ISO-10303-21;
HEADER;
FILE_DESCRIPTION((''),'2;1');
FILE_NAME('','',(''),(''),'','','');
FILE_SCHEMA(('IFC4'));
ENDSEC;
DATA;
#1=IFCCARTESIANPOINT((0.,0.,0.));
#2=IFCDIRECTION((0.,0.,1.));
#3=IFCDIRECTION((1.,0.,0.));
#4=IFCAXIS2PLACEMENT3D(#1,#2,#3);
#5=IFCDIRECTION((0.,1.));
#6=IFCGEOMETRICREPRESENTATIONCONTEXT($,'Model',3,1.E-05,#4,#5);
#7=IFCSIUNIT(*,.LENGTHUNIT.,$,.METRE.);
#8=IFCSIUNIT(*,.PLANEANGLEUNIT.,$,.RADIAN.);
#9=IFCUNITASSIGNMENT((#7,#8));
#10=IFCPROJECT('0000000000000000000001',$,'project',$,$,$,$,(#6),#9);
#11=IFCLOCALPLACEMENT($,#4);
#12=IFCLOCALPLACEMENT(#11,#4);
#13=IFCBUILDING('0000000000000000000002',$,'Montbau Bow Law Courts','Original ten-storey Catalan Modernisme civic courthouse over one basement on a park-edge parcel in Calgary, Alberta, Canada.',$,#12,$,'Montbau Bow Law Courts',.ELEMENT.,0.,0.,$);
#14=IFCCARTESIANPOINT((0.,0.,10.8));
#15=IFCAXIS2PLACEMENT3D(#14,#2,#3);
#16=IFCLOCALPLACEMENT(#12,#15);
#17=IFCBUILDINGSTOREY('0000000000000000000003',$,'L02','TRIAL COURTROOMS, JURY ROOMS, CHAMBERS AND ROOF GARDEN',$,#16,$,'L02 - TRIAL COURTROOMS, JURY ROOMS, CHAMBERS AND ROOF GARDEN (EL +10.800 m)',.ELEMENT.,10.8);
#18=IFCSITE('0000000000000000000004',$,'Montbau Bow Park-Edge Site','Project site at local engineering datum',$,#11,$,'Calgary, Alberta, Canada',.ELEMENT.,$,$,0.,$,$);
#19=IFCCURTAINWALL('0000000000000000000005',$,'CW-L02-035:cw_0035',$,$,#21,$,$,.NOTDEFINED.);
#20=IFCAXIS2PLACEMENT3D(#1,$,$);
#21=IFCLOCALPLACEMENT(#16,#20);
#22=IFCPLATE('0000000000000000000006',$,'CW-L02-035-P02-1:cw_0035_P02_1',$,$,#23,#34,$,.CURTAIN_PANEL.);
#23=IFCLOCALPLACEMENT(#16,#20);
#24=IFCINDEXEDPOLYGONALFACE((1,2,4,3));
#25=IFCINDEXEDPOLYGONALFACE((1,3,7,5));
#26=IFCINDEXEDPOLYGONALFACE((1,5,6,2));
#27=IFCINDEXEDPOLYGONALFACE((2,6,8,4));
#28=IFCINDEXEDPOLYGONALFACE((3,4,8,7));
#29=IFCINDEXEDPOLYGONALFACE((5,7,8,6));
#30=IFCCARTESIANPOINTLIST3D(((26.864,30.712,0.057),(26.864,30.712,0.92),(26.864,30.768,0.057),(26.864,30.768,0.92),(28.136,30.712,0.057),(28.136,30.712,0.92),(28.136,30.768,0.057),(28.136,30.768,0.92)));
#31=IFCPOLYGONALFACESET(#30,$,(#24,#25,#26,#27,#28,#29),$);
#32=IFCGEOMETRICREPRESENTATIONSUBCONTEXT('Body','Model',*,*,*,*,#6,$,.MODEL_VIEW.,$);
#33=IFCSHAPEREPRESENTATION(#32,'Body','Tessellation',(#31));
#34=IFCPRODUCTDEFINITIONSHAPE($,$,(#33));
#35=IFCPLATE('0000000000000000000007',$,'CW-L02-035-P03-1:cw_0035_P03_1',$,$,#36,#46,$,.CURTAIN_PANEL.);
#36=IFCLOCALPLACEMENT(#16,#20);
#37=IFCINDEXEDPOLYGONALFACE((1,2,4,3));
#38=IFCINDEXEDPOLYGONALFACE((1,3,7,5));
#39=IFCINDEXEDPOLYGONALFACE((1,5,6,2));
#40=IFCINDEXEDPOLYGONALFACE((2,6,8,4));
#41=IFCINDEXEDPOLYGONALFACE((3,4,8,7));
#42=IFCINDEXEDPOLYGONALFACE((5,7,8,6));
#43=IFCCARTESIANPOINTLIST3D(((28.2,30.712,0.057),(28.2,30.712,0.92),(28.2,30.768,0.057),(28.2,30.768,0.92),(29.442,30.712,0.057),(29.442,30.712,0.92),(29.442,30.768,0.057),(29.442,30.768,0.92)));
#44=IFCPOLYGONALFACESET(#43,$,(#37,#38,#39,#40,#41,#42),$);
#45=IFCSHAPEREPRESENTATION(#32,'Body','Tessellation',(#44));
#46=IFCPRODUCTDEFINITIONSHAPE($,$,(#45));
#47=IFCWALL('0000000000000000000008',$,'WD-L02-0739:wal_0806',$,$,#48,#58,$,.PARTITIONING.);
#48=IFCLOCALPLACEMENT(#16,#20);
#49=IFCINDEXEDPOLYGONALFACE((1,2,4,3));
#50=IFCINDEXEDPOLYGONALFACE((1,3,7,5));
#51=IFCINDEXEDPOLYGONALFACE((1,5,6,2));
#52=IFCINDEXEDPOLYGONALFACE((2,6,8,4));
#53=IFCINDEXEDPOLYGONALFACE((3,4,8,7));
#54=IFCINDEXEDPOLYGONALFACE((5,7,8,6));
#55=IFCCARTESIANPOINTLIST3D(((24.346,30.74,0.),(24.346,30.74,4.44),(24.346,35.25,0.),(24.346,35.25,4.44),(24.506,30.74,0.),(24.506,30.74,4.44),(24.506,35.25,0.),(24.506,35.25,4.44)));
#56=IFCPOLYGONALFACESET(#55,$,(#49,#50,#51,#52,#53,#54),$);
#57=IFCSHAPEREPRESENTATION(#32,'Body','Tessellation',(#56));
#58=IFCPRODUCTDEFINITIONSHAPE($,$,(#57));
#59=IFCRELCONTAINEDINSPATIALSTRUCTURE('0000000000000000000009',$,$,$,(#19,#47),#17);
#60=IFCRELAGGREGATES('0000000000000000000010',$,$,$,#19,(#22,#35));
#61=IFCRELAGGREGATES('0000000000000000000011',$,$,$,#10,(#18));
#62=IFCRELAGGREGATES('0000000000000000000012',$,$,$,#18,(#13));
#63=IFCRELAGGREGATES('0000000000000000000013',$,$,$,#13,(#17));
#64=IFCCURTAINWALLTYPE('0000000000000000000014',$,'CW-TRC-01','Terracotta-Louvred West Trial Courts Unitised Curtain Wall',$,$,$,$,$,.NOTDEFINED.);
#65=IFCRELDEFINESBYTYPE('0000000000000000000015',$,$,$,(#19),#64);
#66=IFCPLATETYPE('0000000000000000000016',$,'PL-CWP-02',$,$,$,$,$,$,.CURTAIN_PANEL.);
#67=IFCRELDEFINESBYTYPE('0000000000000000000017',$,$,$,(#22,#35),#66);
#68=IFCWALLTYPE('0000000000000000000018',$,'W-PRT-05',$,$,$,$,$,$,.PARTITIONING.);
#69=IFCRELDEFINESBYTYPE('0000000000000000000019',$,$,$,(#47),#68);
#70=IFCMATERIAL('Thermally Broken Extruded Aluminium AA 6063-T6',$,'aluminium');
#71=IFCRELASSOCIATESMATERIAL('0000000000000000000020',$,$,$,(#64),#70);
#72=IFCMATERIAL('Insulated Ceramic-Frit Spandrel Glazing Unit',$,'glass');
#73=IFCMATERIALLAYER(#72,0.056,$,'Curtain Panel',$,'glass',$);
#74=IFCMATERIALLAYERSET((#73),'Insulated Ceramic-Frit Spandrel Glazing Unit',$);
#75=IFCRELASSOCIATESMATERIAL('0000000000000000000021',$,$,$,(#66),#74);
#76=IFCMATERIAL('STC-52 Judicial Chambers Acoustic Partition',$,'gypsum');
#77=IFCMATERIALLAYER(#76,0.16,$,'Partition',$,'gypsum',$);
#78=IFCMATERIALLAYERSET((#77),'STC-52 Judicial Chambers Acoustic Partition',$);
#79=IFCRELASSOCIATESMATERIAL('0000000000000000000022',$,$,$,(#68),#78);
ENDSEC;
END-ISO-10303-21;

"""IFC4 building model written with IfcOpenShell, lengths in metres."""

from ifc_helpers import new_model, si_unit, direction, frame, frame_2d, origin_with_axes, place, context, subcontext, project, spatial, rectangle, extrude, material, layer, layer_set, type_object, element, aggregate, save


model = new_model("IFC4")

# Units and contexts
model_context = context("Model", 3, precision=1e-05, world=origin_with_axes(), true_north=direction((0.0, 1.0)))
body_context = subcontext(model_context, "Body", "Model", "MODEL_VIEW")
ifc_project = project(units=[si_unit("LENGTHUNIT", "METRE"), si_unit("PLANEANGLEUNIT", "RADIAN")], contexts=[model_context])

# Site, building, storey
site_placement = place(None, origin_with_axes())
site = spatial("IfcSite", under=ifc_project, at=site_placement, Name="Montbau Bow Park-Edge Site", Description="Project site at local engineering datum", LongName="Calgary, Alberta, Canada", CompositionType="ELEMENT", RefElevation=0.0)
building_placement = place(site_placement, origin_with_axes())
building = spatial("IfcBuilding", under=site, at=building_placement, Name="Montbau Bow Law Courts", Description="Original ten-storey Catalan Modernisme civic courthouse over one basement on a park-edge parcel in Calgary, Alberta, Canada.", LongName="Montbau Bow Law Courts", CompositionType="ELEMENT", ElevationOfRefHeight=0.0, ElevationOfTerrain=0.0)
storey_placement = place(building_placement, frame((0.0, 0.0, 10.8), z_axis=(0.0, 0.0, 1.0), x_axis=(1.0, 0.0, 0.0)))
storey = spatial("IfcBuildingStorey", under=building, at=storey_placement, Name="L02", Description="TRIAL COURTROOMS, JURY ROOMS, CHAMBERS AND ROOF GARDEN", LongName="L02 - TRIAL COURTROOMS, JURY ROOMS, CHAMBERS AND ROOF GARDEN (EL +10.800 m)", CompositionType="ELEMENT", Elevation=10.8)

# Shared definitions
ifc_material_1 = material(Name="Thermally Broken Extruded Aluminium AA 6063-T6", Category="aluminium")
curtain_wall_type = type_object("IfcCurtainWallType", Name="CW-TRC-01", Description="Terracotta-Louvred West Trial Courts Unitised Curtain Wall", PredefinedType="NOTDEFINED", material=ifc_material_1)

# Curtain wall
curtain_wall_1_placement = place(None, frame((25.496, 30.74, 10.8), z_axis=(0.0, 0.0, 1.0), x_axis=(1.0, 0.0, 0.0)))
curtain_wall_1 = element("IfcCurtainWall", 1, at=curtain_wall_1_placement, inside=storey, type_object=curtain_wall_type, Name="CW-L02-035:cw_0035", PredefinedType="NOTDEFINED")

# Plates
ifc_material_2 = material(Name="Insulated Ceramic-Frit Spandrel Glazing Unit", Category="glass")
ifc_layer_1 = layer(ifc_material_2, 0.056, Name="Curtain Panel", Category="glass")
ifc_layer_set_1 = layer_set([ifc_layer_1], Name="Insulated Ceramic-Frit Spandrel Glazing Unit")
plate_type_1 = type_object("IfcPlateType", Name="PL-CWP-02", PredefinedType="CURTAIN_PANEL", material=ifc_layer_set_1)
plate_1_placement = place(None, frame((26.864, 30.74, 10.857), z_axis=(0.0, -1.0, 0.0), x_axis=(1.0, 0.0, 0.0)))
plate_1 = element("IfcPlate", 2, at=plate_1_placement, type_object=plate_type_1, Name="CW-L02-035-P02-1:cw_0035_P02_1", PredefinedType="CURTAIN_PANEL", context=body_context, shape_type="SweptSolid", body=[
    extrude(rectangle(XDim=1.272, YDim=0.863, at=frame_2d((0.636, 0.4315), x_axis=(1.0, 0.0))), frame((0.0, 0.0, -0.028), z_axis=(0.0, 0.0, 1.0), x_axis=(1.0, 0.0, 0.0)), (0.0, 0.0, 1.0), 0.056),
])
plate_2_placement = place(None, frame((28.2, 30.74, 10.857), z_axis=(0.0, -1.0, 0.0), x_axis=(1.0, 0.0, 0.0)))
plate_2 = element("IfcPlate", 3, at=plate_2_placement, type_object=plate_type_1, Name="CW-L02-035-P03-1:cw_0035_P03_1", PredefinedType="CURTAIN_PANEL", context=body_context, shape_type="SweptSolid", body=[
    extrude(rectangle(XDim=1.242, YDim=0.863, at=frame_2d((0.621, 0.4315), x_axis=(1.0, 0.0))), frame((0.0, 0.0, -0.028), z_axis=(0.0, 0.0, 1.0), x_axis=(1.0, 0.0, 0.0)), (0.0, 0.0, 1.0), 0.056),
])
aggregate(curtain_wall_1, [plate_1, plate_2])

# Wall
ifc_material_3 = material(Name="STC-52 Judicial Chambers Acoustic Partition", Category="gypsum")
ifc_layer_2 = layer(ifc_material_3, 0.16, Name="Partition", Category="gypsum")
ifc_layer_set_2 = layer_set([ifc_layer_2], Name="STC-52 Judicial Chambers Acoustic Partition")
wall_type = type_object("IfcWallType", Name="W-PRT-05", PredefinedType="PARTITIONING", material=ifc_layer_set_2)
wall_placement = place(None, frame((24.426, 30.74, 10.8), z_axis=(0.0, 0.0, 1.0), x_axis=(0.0, 1.0, 0.0)))
element("IfcWall", 4, at=wall_placement, inside=storey, type_object=wall_type, Name="WD-L02-0739:wal_0806", PredefinedType="PARTITIONING", context=body_context, shape_type="SweptSolid", body=[
    extrude(rectangle(XDim=4.51, YDim=0.16, at=frame_2d((2.255, 0.0), x_axis=(1.0, 0.0))), origin_with_axes(), (0.0, 0.0, 1.0), 4.44),
])

save(model, "model.ifc")
